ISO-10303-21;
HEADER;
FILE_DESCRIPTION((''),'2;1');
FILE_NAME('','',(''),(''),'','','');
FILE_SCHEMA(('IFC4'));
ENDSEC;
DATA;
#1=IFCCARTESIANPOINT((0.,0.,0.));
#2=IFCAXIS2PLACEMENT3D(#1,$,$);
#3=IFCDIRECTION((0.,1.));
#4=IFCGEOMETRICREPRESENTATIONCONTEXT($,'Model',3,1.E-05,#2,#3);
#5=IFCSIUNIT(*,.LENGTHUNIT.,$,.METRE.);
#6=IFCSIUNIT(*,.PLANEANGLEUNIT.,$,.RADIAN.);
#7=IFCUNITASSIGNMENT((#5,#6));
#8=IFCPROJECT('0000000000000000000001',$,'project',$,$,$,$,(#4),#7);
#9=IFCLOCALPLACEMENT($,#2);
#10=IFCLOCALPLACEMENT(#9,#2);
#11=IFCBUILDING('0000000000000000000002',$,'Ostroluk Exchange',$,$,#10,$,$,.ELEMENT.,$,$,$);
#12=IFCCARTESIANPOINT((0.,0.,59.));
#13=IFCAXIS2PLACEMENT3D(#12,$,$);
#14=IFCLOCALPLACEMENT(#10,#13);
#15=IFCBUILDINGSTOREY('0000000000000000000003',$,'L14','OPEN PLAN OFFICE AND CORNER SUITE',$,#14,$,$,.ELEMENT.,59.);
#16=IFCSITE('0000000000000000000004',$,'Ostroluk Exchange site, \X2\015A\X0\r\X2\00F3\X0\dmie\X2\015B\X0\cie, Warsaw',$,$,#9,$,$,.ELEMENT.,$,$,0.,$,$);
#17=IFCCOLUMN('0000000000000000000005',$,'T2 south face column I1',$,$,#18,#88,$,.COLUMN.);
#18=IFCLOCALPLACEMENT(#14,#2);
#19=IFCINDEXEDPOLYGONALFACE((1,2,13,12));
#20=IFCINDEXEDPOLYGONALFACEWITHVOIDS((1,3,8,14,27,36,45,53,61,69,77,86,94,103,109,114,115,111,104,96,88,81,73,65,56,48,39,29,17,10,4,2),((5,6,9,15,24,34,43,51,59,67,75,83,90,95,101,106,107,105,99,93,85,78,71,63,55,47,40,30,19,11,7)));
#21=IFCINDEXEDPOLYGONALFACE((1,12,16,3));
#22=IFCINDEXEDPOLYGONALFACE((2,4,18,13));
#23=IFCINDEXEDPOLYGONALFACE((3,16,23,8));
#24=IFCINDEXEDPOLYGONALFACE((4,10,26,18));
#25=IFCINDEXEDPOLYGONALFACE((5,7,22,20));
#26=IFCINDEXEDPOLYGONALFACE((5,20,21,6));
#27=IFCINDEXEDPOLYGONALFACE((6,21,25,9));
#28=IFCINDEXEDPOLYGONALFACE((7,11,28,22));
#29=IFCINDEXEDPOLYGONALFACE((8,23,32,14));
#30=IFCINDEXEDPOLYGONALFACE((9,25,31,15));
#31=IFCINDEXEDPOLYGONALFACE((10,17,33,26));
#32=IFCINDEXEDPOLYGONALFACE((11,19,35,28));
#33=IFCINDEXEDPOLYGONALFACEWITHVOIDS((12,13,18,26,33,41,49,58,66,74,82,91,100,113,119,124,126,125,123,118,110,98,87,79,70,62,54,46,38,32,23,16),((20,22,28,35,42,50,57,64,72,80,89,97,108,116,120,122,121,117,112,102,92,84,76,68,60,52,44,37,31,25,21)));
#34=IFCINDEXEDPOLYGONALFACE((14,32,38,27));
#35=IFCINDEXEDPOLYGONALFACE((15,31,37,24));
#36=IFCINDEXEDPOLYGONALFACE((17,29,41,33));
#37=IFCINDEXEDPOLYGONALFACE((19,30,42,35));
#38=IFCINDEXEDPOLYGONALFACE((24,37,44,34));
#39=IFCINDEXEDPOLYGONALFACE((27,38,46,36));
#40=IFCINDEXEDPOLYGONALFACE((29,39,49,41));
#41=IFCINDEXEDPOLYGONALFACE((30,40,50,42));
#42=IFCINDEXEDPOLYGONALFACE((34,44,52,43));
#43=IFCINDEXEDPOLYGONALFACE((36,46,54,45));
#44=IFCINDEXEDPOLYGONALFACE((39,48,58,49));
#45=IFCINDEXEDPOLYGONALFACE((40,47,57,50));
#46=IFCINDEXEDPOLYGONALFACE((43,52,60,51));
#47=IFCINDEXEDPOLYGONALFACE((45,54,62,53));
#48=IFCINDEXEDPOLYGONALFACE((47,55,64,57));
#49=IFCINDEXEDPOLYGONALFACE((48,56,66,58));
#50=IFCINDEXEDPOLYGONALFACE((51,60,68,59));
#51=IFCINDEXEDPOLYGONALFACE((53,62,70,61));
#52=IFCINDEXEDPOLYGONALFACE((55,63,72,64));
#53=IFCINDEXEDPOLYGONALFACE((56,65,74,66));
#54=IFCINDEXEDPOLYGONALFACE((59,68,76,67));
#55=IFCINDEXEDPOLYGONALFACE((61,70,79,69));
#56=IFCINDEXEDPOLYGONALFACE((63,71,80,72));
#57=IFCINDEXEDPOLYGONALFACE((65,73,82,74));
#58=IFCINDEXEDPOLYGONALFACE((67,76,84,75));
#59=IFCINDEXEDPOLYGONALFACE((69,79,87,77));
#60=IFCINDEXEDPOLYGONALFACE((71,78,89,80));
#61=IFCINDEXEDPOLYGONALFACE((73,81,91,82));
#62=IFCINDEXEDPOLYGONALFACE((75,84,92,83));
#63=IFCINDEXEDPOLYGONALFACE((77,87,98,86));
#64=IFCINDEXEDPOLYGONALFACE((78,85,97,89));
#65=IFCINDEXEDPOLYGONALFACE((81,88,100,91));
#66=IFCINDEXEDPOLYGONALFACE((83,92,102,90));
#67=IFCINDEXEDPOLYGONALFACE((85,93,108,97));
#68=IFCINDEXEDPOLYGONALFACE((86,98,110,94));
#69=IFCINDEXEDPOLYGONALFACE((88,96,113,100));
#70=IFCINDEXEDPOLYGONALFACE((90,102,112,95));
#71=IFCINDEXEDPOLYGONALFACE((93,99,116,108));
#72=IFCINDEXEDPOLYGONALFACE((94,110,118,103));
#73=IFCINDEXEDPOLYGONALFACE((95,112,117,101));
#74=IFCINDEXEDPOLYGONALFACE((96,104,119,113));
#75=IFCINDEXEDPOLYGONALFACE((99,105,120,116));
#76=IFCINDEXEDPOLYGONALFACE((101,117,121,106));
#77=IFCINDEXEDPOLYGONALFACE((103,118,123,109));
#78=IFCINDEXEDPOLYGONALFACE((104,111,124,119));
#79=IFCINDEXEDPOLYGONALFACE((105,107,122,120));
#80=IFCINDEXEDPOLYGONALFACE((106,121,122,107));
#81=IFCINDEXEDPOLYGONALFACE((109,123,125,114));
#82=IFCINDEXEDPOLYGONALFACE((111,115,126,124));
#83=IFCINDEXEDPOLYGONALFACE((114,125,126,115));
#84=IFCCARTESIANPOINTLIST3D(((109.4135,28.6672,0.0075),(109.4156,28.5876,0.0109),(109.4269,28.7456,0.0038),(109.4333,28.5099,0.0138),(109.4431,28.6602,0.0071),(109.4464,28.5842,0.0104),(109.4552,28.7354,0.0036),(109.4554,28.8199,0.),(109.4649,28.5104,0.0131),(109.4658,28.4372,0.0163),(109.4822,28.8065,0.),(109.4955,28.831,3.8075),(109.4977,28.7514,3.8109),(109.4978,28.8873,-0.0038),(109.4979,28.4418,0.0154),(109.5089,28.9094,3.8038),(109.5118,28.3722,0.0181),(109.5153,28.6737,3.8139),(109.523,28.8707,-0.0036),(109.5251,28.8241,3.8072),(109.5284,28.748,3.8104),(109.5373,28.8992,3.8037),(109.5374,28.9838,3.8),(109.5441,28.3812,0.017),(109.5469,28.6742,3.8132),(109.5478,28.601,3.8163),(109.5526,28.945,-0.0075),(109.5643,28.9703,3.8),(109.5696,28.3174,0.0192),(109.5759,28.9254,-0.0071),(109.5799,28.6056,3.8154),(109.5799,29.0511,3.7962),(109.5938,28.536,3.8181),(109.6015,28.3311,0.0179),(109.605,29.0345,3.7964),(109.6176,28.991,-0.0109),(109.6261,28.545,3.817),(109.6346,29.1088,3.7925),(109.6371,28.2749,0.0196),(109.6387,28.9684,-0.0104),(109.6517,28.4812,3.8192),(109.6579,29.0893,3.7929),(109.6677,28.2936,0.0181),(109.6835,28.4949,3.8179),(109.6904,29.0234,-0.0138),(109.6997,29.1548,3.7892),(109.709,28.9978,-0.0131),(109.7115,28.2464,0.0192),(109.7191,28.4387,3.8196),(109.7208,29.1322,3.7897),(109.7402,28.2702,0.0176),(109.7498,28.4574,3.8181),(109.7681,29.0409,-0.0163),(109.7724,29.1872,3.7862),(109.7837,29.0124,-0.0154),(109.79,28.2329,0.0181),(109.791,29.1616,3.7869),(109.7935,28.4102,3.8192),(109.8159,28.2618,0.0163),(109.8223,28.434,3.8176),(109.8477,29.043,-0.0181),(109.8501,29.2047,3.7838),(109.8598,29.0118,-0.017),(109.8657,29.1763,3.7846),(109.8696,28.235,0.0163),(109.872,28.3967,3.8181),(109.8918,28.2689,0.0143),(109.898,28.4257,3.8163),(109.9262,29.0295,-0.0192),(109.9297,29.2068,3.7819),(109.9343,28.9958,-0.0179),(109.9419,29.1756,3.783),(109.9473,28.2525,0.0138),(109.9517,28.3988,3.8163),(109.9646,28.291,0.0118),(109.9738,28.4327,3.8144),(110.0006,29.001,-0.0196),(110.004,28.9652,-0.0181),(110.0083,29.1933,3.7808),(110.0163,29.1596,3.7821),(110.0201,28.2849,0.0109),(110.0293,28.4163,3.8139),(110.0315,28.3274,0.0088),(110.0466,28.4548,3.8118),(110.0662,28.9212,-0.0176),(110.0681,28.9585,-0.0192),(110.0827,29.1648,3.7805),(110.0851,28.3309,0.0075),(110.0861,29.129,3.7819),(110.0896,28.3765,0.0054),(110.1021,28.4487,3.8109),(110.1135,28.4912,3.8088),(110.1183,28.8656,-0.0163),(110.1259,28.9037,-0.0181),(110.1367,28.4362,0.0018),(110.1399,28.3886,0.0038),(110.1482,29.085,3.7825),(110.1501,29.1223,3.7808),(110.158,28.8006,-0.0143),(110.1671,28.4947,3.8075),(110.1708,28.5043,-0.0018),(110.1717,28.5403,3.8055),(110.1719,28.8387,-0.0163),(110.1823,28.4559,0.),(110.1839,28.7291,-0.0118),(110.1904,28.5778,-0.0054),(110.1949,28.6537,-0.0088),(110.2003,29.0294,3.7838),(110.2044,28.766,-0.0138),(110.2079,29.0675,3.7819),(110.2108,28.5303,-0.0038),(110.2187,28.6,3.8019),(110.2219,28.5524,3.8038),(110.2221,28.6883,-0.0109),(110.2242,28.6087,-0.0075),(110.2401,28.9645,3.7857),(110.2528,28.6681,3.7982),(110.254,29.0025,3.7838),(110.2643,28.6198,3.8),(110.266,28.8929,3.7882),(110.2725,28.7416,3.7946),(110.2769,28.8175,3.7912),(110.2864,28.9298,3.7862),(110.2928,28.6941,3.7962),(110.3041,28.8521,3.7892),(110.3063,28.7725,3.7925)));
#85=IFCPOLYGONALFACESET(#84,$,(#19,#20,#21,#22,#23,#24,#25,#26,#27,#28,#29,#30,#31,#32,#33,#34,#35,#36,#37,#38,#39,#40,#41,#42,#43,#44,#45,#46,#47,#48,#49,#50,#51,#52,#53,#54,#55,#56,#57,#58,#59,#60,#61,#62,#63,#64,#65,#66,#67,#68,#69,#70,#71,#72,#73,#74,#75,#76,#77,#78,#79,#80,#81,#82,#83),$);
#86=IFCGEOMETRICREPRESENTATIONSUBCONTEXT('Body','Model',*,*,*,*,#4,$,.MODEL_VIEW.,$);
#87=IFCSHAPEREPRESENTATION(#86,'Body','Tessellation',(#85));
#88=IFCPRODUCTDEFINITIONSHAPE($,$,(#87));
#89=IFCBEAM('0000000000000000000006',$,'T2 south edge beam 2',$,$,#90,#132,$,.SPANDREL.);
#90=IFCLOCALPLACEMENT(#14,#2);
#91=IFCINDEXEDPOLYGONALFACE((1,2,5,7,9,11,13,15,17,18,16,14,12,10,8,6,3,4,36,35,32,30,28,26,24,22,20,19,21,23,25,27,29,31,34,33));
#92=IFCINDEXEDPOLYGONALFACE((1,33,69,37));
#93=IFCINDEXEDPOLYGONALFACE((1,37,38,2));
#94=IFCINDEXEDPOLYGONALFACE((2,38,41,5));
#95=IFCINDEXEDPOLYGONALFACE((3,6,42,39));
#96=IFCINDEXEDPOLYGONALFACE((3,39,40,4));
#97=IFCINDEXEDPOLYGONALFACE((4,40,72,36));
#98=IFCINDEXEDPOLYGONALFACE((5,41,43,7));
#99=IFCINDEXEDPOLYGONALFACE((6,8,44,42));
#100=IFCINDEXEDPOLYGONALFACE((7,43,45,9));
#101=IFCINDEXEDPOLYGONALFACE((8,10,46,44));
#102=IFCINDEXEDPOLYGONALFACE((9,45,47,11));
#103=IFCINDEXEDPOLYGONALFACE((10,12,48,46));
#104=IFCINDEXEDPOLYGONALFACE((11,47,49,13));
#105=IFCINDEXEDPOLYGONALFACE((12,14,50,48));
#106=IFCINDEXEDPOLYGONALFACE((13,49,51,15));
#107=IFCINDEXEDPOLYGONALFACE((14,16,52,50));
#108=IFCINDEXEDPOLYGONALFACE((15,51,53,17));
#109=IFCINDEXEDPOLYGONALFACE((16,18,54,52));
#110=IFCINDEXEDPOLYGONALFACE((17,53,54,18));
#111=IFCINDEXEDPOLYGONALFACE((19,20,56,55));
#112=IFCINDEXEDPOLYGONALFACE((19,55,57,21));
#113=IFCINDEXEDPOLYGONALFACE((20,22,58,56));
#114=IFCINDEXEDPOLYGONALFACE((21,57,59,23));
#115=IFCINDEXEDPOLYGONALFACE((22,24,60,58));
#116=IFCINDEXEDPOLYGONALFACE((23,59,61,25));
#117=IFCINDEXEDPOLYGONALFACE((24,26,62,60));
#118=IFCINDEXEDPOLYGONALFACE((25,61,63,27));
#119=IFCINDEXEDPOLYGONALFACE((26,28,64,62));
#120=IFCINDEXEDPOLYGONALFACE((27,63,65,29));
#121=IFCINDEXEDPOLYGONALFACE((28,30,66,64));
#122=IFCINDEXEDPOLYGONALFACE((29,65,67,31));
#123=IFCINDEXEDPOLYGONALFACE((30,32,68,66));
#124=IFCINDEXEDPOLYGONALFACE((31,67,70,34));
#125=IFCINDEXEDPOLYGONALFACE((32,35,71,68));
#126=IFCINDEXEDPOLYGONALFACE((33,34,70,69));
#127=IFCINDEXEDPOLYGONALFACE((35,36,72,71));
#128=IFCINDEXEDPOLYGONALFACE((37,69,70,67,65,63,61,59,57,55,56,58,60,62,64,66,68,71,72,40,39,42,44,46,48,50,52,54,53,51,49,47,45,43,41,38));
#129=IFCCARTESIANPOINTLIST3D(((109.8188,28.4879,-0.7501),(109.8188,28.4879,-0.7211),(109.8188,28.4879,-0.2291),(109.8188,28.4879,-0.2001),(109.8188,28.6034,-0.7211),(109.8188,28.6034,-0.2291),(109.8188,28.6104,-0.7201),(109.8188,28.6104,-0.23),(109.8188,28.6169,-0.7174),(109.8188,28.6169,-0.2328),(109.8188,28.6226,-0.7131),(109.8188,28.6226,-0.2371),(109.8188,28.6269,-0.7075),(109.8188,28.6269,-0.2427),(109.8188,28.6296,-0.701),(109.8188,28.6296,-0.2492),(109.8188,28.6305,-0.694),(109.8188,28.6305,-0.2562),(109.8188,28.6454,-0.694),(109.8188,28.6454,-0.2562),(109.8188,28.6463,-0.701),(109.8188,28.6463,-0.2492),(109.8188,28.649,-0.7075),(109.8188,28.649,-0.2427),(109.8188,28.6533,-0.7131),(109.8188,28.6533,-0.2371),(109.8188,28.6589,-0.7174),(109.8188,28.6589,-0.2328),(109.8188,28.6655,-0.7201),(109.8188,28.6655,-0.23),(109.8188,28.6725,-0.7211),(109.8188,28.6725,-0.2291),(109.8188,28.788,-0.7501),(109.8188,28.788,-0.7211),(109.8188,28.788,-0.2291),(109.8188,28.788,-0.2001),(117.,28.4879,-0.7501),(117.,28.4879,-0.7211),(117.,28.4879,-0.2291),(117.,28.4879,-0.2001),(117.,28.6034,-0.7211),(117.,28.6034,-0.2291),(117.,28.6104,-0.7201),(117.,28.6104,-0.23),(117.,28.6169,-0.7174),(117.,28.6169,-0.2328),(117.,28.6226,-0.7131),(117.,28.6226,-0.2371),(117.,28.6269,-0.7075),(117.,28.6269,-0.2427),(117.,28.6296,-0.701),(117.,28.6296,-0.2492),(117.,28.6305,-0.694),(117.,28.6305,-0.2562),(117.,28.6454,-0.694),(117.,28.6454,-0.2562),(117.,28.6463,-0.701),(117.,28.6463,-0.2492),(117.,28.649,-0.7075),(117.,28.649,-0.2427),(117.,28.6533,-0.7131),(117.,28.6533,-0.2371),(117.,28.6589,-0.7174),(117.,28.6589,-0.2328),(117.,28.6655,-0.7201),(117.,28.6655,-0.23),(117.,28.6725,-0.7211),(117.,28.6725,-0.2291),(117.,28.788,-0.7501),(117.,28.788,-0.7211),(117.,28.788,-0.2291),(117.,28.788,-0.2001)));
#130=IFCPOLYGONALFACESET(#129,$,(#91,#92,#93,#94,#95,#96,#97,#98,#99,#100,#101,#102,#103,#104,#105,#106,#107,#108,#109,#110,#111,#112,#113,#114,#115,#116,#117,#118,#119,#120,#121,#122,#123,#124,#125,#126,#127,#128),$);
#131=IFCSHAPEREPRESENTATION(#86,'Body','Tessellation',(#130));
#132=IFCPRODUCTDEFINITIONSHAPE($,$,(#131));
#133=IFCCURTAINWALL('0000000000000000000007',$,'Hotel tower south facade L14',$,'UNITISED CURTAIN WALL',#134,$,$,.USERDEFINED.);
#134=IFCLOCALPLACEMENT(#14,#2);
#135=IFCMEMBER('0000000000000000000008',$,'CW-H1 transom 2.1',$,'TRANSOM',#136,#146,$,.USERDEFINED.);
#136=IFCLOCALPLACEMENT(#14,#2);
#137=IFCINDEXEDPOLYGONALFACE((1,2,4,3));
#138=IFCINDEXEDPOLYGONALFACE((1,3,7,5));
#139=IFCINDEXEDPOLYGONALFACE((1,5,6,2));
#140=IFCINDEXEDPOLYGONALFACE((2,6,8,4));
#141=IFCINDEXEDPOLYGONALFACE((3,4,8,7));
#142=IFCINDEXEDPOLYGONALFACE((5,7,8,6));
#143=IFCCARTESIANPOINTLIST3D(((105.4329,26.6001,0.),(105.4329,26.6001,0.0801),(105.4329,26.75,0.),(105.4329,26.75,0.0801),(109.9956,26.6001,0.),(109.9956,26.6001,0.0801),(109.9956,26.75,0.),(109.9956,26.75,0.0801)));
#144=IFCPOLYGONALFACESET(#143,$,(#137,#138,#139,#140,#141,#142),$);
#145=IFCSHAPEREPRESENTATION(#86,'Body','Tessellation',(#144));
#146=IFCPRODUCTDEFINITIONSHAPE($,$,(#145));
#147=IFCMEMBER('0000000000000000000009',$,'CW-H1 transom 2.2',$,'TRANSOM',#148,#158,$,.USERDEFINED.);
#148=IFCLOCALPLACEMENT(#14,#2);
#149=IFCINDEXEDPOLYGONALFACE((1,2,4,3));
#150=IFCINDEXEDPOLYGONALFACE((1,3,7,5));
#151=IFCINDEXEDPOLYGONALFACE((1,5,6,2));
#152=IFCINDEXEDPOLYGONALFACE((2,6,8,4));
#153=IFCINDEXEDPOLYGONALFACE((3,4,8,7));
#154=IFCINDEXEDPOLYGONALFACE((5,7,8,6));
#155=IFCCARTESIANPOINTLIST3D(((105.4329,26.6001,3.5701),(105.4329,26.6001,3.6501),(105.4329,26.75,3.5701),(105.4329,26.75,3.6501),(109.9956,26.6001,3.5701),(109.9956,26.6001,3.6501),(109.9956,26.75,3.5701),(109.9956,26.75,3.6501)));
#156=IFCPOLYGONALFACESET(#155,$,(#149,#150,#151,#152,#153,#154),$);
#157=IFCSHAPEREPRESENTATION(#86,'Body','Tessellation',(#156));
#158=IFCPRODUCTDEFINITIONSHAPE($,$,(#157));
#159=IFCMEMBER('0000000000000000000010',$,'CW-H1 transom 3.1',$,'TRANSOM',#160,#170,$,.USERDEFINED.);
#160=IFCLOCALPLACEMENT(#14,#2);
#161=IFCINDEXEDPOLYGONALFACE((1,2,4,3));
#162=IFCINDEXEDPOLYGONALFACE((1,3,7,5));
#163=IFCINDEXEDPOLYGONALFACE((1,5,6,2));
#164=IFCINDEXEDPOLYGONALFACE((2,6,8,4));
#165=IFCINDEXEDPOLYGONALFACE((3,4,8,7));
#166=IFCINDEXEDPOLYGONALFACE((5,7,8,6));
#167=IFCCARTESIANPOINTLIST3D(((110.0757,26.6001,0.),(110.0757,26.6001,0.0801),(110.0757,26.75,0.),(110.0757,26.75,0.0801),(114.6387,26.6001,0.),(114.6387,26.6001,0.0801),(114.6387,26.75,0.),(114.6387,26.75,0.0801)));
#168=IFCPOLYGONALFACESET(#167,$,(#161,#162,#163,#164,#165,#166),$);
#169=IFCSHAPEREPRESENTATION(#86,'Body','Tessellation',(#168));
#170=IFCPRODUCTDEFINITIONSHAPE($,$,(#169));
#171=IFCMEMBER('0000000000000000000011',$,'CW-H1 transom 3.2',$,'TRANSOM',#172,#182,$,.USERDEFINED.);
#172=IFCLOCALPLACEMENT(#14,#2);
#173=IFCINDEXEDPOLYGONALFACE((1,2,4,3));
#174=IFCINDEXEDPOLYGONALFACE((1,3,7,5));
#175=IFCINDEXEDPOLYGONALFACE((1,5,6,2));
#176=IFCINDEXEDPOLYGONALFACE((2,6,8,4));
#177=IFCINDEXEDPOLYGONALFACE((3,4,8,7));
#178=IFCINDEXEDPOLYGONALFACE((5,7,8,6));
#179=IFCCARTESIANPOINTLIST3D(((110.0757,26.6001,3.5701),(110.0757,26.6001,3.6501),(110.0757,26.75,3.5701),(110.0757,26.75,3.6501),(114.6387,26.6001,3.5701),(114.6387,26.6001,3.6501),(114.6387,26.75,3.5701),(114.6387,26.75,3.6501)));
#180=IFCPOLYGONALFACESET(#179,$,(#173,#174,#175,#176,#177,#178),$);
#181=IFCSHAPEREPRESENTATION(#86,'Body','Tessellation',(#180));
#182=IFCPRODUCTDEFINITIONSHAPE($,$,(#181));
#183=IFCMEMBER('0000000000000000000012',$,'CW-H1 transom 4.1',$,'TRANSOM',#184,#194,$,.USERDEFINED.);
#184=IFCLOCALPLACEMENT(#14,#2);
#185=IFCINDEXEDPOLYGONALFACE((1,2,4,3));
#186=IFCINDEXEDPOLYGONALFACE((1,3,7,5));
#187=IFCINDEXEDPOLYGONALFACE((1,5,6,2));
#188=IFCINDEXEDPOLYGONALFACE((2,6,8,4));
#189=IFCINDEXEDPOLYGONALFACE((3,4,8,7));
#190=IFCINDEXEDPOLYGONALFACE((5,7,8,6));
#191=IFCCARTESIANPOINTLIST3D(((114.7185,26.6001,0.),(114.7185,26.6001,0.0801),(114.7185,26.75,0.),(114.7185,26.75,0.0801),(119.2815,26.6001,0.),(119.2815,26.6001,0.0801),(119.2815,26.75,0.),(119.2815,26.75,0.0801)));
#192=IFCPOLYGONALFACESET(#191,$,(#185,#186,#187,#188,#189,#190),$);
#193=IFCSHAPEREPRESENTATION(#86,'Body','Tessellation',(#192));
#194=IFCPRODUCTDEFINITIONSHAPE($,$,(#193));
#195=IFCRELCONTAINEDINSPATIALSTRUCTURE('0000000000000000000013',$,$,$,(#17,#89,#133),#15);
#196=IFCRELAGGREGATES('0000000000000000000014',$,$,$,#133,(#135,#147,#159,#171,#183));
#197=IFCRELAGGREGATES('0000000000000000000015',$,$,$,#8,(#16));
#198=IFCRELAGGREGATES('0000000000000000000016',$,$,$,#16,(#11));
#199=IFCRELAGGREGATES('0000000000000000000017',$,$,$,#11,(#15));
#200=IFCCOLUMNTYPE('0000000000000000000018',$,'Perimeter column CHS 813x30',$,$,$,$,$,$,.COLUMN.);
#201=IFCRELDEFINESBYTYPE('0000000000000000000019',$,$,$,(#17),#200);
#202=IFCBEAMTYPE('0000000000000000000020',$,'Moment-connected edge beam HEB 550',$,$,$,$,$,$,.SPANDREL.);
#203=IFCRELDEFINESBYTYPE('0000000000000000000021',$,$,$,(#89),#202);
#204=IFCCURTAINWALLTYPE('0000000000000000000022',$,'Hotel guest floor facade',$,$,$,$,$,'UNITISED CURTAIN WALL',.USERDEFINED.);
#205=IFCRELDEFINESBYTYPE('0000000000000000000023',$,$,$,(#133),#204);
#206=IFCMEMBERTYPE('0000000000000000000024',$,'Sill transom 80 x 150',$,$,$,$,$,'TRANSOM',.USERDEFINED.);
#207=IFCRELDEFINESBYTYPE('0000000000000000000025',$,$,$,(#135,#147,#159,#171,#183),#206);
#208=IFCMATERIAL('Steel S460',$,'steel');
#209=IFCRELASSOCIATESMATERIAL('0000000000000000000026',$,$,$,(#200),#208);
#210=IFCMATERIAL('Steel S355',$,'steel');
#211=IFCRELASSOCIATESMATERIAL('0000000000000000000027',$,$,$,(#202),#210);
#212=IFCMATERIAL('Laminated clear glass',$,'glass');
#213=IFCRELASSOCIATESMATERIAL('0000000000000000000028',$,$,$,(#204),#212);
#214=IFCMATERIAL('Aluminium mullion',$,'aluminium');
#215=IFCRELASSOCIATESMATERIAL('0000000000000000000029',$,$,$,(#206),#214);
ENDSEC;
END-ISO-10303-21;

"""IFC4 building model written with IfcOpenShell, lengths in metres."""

from ifc_helpers import new_model, si_unit, direction, frame, origin, origin_2d, place, context, subcontext, project, spatial, rectangle, hollow_circle, i_section, extrude, material, material_profile, profile_set, type_object, element, aggregate, save


model = new_model("IFC4")

# Units and contexts
model_context = context("Model", 3, precision=1e-05, world=origin(), true_north=direction((0.0, 1.0)))
body_context = subcontext(model_context, "Body", "Model", "MODEL_VIEW")
ifc_project = project(units=[si_unit("LENGTHUNIT", "METRE"), si_unit("PLANEANGLEUNIT", "RADIAN")], contexts=[model_context])

# Site, building, storey
site_placement = place(None, origin())
site = spatial("IfcSite", under=ifc_project, at=site_placement, Name="Ostroluk Exchange site, Śródmieście, Warsaw", CompositionType="ELEMENT", RefElevation=0.0)
building_placement = place(site_placement, origin())
building = spatial("IfcBuilding", under=site, at=building_placement, Name="Ostroluk Exchange", CompositionType="ELEMENT")
storey_placement = place(building_placement, frame((0.0, 0.0, 59.0)))
storey = spatial("IfcBuildingStorey", under=building, at=storey_placement, Name="L14", Description="OPEN PLAN OFFICE AND CORNER SUITE", CompositionType="ELEMENT", Elevation=59.0)

# Column
ifc_material_1 = material(Name="Steel S460", Category="steel")
ifc_material_profile_1 = material_profile(ifc_material_1, hollow_circle(Radius=0.4065, WallThickness=0.03, at=origin_2d()), Name="CHS 813x30")
ifc_profile_set_1 = profile_set([ifc_material_profile_1], Name="Steel S460")
column_type = type_object("IfcColumnType", Name="Perimeter column CHS 813x30", PredefinedType="COLUMN", material=ifc_profile_set_1)
column_placement = place(storey_placement, frame((109.8188, 28.6379, 0.0), z_axis=(0.021562, 0.04306, 0.99884), x_axis=(-0.894161, 0.447747, 0.0)))
element("IfcColumn", 1, at=column_placement, inside=storey, type_object=column_type, Name="T2 south face column I1", PredefinedType="COLUMN", context=body_context, shape_type="SweptSolid", body=[
    extrude(hollow_circle(Radius=0.4065, WallThickness=0.03, at=origin_2d()), origin(), (0.0, 0.0, 1.0), 3.8044),
])

# Beam
ifc_material_2 = material(Name="Steel S355", Category="steel")
ifc_material_profile_2 = material_profile(ifc_material_2, i_section(OverallWidth=0.3, OverallDepth=0.55, WebThickness=0.0149, FlangeThickness=0.0291, FilletRadius=0.0271, at=origin_2d()), Name="HEB 550")
ifc_profile_set_2 = profile_set([ifc_material_profile_2], Name="Steel S355")
beam_type = type_object("IfcBeamType", Name="Moment-connected edge beam HEB 550", PredefinedType="SPANDREL", material=ifc_profile_set_2)
beam_placement = place(storey_placement, frame((109.8188, 28.6379, -0.4751), z_axis=(1.0, 0.0, 0.0), x_axis=(0.0, 1.0, 0.0)))
element("IfcBeam", 2, at=beam_placement, inside=storey, type_object=beam_type, Name="T2 south edge beam 2", PredefinedType="SPANDREL", context=body_context, shape_type="SweptSolid", body=[
    extrude(i_section(OverallWidth=0.3, OverallDepth=0.55, WebThickness=0.0149, FlangeThickness=0.0291, FilletRadius=0.0271, at=origin_2d()), origin(), (0.0, 0.0, 1.0), 7.1812),
])

# Curtain wall, members
ifc_material_3 = material(Name="Laminated clear glass", Category="glass")
curtain_wall_type = type_object("IfcCurtainWallType", Name="Hotel guest floor facade", ElementType="UNITISED CURTAIN WALL", PredefinedType="USERDEFINED", material=ifc_material_3)
curtain_wall_placement = place(storey_placement, origin())
curtain_wall = element("IfcCurtainWall", 3, at=curtain_wall_placement, inside=storey, type_object=curtain_wall_type, Name="Hotel tower south facade L14", ObjectType="UNITISED CURTAIN WALL", PredefinedType="USERDEFINED")
ifc_material_4 = material(Name="Aluminium mullion", Category="aluminium")
ifc_material_profile_3 = material_profile(ifc_material_4, rectangle(XDim=0.1499, YDim=0.0801, at=origin_2d()), Name="Sill transom 80 x 150")
ifc_profile_set_3 = profile_set([ifc_material_profile_3], Name="Aluminium mullion")
member_type_1 = type_object("IfcMemberType", Name="Sill transom 80 x 150", ElementType="TRANSOM", PredefinedType="USERDEFINED", material=ifc_profile_set_3)
member_1_placement = place(storey_placement, frame((105.4329, 26.675, 0.04), z_axis=(1.0, 0.0, 0.0), x_axis=(0.0, 1.0, 0.0)))
member_1 = element("IfcMember", 4, at=member_1_placement, type_object=member_type_1, Name="CW-H1 transom 2.1", ObjectType="TRANSOM", PredefinedType="USERDEFINED", context=body_context, shape_type="SweptSolid", body=[
    extrude(rectangle(XDim=0.1499, YDim=0.0801, at=origin_2d()), origin(), (0.0, 0.0, 1.0), 4.5627),
])
member_2_placement = place(storey_placement, frame((105.4329, 26.675, 3.6101), z_axis=(1.0, 0.0, 0.0), x_axis=(0.0, 1.0, 0.0)))
member_2 = element("IfcMember", 5, at=member_2_placement, type_object=member_type_1, Name="CW-H1 transom 2.2", ObjectType="TRANSOM", PredefinedType="USERDEFINED", context=body_context, shape_type="SweptSolid", body=[
    extrude(rectangle(XDim=0.1499, YDim=0.0801, at=origin_2d()), origin(), (0.0, 0.0, 1.0), 4.5627),
])
member_3_placement = place(storey_placement, frame((110.0757, 26.675, 0.04), z_axis=(1.0, 0.0, 0.0), x_axis=(0.0, 1.0, 0.0)))
member_3 = element("IfcMember", 6, at=member_3_placement, type_object=member_type_1, Name="CW-H1 transom 3.1", ObjectType="TRANSOM", PredefinedType="USERDEFINED", context=body_context, shape_type="SweptSolid", body=[
    extrude(rectangle(XDim=0.1499, YDim=0.0801, at=origin_2d()), origin(), (0.0, 0.0, 1.0), 4.563),
])
member_4_placement = place(storey_placement, frame((110.0757, 26.675, 3.6101), z_axis=(1.0, 0.0, 0.0), x_axis=(0.0, 1.0, 0.0)))
member_4 = element("IfcMember", 7, at=member_4_placement, type_object=member_type_1, Name="CW-H1 transom 3.2", ObjectType="TRANSOM", PredefinedType="USERDEFINED", context=body_context, shape_type="SweptSolid", body=[
    extrude(rectangle(XDim=0.1499, YDim=0.0801, at=origin_2d()), origin(), (0.0, 0.0, 1.0), 4.563),
])
member_5_placement = place(storey_placement, frame((114.7185, 26.675, 0.04), z_axis=(1.0, 0.0, 0.0), x_axis=(0.0, 1.0, 0.0)))
member_5 = element("IfcMember", 8, at=member_5_placement, type_object=member_type_1, Name="CW-H1 transom 4.1", ObjectType="TRANSOM", PredefinedType="USERDEFINED", context=body_context, shape_type="SweptSolid", body=[
    extrude(rectangle(XDim=0.1499, YDim=0.0801, at=origin_2d()), origin(), (0.0, 0.0, 1.0), 4.563),
])
aggregate(curtain_wall, [member_1, member_2, member_3, member_4, member_5])

save(model, "model.ifc")
